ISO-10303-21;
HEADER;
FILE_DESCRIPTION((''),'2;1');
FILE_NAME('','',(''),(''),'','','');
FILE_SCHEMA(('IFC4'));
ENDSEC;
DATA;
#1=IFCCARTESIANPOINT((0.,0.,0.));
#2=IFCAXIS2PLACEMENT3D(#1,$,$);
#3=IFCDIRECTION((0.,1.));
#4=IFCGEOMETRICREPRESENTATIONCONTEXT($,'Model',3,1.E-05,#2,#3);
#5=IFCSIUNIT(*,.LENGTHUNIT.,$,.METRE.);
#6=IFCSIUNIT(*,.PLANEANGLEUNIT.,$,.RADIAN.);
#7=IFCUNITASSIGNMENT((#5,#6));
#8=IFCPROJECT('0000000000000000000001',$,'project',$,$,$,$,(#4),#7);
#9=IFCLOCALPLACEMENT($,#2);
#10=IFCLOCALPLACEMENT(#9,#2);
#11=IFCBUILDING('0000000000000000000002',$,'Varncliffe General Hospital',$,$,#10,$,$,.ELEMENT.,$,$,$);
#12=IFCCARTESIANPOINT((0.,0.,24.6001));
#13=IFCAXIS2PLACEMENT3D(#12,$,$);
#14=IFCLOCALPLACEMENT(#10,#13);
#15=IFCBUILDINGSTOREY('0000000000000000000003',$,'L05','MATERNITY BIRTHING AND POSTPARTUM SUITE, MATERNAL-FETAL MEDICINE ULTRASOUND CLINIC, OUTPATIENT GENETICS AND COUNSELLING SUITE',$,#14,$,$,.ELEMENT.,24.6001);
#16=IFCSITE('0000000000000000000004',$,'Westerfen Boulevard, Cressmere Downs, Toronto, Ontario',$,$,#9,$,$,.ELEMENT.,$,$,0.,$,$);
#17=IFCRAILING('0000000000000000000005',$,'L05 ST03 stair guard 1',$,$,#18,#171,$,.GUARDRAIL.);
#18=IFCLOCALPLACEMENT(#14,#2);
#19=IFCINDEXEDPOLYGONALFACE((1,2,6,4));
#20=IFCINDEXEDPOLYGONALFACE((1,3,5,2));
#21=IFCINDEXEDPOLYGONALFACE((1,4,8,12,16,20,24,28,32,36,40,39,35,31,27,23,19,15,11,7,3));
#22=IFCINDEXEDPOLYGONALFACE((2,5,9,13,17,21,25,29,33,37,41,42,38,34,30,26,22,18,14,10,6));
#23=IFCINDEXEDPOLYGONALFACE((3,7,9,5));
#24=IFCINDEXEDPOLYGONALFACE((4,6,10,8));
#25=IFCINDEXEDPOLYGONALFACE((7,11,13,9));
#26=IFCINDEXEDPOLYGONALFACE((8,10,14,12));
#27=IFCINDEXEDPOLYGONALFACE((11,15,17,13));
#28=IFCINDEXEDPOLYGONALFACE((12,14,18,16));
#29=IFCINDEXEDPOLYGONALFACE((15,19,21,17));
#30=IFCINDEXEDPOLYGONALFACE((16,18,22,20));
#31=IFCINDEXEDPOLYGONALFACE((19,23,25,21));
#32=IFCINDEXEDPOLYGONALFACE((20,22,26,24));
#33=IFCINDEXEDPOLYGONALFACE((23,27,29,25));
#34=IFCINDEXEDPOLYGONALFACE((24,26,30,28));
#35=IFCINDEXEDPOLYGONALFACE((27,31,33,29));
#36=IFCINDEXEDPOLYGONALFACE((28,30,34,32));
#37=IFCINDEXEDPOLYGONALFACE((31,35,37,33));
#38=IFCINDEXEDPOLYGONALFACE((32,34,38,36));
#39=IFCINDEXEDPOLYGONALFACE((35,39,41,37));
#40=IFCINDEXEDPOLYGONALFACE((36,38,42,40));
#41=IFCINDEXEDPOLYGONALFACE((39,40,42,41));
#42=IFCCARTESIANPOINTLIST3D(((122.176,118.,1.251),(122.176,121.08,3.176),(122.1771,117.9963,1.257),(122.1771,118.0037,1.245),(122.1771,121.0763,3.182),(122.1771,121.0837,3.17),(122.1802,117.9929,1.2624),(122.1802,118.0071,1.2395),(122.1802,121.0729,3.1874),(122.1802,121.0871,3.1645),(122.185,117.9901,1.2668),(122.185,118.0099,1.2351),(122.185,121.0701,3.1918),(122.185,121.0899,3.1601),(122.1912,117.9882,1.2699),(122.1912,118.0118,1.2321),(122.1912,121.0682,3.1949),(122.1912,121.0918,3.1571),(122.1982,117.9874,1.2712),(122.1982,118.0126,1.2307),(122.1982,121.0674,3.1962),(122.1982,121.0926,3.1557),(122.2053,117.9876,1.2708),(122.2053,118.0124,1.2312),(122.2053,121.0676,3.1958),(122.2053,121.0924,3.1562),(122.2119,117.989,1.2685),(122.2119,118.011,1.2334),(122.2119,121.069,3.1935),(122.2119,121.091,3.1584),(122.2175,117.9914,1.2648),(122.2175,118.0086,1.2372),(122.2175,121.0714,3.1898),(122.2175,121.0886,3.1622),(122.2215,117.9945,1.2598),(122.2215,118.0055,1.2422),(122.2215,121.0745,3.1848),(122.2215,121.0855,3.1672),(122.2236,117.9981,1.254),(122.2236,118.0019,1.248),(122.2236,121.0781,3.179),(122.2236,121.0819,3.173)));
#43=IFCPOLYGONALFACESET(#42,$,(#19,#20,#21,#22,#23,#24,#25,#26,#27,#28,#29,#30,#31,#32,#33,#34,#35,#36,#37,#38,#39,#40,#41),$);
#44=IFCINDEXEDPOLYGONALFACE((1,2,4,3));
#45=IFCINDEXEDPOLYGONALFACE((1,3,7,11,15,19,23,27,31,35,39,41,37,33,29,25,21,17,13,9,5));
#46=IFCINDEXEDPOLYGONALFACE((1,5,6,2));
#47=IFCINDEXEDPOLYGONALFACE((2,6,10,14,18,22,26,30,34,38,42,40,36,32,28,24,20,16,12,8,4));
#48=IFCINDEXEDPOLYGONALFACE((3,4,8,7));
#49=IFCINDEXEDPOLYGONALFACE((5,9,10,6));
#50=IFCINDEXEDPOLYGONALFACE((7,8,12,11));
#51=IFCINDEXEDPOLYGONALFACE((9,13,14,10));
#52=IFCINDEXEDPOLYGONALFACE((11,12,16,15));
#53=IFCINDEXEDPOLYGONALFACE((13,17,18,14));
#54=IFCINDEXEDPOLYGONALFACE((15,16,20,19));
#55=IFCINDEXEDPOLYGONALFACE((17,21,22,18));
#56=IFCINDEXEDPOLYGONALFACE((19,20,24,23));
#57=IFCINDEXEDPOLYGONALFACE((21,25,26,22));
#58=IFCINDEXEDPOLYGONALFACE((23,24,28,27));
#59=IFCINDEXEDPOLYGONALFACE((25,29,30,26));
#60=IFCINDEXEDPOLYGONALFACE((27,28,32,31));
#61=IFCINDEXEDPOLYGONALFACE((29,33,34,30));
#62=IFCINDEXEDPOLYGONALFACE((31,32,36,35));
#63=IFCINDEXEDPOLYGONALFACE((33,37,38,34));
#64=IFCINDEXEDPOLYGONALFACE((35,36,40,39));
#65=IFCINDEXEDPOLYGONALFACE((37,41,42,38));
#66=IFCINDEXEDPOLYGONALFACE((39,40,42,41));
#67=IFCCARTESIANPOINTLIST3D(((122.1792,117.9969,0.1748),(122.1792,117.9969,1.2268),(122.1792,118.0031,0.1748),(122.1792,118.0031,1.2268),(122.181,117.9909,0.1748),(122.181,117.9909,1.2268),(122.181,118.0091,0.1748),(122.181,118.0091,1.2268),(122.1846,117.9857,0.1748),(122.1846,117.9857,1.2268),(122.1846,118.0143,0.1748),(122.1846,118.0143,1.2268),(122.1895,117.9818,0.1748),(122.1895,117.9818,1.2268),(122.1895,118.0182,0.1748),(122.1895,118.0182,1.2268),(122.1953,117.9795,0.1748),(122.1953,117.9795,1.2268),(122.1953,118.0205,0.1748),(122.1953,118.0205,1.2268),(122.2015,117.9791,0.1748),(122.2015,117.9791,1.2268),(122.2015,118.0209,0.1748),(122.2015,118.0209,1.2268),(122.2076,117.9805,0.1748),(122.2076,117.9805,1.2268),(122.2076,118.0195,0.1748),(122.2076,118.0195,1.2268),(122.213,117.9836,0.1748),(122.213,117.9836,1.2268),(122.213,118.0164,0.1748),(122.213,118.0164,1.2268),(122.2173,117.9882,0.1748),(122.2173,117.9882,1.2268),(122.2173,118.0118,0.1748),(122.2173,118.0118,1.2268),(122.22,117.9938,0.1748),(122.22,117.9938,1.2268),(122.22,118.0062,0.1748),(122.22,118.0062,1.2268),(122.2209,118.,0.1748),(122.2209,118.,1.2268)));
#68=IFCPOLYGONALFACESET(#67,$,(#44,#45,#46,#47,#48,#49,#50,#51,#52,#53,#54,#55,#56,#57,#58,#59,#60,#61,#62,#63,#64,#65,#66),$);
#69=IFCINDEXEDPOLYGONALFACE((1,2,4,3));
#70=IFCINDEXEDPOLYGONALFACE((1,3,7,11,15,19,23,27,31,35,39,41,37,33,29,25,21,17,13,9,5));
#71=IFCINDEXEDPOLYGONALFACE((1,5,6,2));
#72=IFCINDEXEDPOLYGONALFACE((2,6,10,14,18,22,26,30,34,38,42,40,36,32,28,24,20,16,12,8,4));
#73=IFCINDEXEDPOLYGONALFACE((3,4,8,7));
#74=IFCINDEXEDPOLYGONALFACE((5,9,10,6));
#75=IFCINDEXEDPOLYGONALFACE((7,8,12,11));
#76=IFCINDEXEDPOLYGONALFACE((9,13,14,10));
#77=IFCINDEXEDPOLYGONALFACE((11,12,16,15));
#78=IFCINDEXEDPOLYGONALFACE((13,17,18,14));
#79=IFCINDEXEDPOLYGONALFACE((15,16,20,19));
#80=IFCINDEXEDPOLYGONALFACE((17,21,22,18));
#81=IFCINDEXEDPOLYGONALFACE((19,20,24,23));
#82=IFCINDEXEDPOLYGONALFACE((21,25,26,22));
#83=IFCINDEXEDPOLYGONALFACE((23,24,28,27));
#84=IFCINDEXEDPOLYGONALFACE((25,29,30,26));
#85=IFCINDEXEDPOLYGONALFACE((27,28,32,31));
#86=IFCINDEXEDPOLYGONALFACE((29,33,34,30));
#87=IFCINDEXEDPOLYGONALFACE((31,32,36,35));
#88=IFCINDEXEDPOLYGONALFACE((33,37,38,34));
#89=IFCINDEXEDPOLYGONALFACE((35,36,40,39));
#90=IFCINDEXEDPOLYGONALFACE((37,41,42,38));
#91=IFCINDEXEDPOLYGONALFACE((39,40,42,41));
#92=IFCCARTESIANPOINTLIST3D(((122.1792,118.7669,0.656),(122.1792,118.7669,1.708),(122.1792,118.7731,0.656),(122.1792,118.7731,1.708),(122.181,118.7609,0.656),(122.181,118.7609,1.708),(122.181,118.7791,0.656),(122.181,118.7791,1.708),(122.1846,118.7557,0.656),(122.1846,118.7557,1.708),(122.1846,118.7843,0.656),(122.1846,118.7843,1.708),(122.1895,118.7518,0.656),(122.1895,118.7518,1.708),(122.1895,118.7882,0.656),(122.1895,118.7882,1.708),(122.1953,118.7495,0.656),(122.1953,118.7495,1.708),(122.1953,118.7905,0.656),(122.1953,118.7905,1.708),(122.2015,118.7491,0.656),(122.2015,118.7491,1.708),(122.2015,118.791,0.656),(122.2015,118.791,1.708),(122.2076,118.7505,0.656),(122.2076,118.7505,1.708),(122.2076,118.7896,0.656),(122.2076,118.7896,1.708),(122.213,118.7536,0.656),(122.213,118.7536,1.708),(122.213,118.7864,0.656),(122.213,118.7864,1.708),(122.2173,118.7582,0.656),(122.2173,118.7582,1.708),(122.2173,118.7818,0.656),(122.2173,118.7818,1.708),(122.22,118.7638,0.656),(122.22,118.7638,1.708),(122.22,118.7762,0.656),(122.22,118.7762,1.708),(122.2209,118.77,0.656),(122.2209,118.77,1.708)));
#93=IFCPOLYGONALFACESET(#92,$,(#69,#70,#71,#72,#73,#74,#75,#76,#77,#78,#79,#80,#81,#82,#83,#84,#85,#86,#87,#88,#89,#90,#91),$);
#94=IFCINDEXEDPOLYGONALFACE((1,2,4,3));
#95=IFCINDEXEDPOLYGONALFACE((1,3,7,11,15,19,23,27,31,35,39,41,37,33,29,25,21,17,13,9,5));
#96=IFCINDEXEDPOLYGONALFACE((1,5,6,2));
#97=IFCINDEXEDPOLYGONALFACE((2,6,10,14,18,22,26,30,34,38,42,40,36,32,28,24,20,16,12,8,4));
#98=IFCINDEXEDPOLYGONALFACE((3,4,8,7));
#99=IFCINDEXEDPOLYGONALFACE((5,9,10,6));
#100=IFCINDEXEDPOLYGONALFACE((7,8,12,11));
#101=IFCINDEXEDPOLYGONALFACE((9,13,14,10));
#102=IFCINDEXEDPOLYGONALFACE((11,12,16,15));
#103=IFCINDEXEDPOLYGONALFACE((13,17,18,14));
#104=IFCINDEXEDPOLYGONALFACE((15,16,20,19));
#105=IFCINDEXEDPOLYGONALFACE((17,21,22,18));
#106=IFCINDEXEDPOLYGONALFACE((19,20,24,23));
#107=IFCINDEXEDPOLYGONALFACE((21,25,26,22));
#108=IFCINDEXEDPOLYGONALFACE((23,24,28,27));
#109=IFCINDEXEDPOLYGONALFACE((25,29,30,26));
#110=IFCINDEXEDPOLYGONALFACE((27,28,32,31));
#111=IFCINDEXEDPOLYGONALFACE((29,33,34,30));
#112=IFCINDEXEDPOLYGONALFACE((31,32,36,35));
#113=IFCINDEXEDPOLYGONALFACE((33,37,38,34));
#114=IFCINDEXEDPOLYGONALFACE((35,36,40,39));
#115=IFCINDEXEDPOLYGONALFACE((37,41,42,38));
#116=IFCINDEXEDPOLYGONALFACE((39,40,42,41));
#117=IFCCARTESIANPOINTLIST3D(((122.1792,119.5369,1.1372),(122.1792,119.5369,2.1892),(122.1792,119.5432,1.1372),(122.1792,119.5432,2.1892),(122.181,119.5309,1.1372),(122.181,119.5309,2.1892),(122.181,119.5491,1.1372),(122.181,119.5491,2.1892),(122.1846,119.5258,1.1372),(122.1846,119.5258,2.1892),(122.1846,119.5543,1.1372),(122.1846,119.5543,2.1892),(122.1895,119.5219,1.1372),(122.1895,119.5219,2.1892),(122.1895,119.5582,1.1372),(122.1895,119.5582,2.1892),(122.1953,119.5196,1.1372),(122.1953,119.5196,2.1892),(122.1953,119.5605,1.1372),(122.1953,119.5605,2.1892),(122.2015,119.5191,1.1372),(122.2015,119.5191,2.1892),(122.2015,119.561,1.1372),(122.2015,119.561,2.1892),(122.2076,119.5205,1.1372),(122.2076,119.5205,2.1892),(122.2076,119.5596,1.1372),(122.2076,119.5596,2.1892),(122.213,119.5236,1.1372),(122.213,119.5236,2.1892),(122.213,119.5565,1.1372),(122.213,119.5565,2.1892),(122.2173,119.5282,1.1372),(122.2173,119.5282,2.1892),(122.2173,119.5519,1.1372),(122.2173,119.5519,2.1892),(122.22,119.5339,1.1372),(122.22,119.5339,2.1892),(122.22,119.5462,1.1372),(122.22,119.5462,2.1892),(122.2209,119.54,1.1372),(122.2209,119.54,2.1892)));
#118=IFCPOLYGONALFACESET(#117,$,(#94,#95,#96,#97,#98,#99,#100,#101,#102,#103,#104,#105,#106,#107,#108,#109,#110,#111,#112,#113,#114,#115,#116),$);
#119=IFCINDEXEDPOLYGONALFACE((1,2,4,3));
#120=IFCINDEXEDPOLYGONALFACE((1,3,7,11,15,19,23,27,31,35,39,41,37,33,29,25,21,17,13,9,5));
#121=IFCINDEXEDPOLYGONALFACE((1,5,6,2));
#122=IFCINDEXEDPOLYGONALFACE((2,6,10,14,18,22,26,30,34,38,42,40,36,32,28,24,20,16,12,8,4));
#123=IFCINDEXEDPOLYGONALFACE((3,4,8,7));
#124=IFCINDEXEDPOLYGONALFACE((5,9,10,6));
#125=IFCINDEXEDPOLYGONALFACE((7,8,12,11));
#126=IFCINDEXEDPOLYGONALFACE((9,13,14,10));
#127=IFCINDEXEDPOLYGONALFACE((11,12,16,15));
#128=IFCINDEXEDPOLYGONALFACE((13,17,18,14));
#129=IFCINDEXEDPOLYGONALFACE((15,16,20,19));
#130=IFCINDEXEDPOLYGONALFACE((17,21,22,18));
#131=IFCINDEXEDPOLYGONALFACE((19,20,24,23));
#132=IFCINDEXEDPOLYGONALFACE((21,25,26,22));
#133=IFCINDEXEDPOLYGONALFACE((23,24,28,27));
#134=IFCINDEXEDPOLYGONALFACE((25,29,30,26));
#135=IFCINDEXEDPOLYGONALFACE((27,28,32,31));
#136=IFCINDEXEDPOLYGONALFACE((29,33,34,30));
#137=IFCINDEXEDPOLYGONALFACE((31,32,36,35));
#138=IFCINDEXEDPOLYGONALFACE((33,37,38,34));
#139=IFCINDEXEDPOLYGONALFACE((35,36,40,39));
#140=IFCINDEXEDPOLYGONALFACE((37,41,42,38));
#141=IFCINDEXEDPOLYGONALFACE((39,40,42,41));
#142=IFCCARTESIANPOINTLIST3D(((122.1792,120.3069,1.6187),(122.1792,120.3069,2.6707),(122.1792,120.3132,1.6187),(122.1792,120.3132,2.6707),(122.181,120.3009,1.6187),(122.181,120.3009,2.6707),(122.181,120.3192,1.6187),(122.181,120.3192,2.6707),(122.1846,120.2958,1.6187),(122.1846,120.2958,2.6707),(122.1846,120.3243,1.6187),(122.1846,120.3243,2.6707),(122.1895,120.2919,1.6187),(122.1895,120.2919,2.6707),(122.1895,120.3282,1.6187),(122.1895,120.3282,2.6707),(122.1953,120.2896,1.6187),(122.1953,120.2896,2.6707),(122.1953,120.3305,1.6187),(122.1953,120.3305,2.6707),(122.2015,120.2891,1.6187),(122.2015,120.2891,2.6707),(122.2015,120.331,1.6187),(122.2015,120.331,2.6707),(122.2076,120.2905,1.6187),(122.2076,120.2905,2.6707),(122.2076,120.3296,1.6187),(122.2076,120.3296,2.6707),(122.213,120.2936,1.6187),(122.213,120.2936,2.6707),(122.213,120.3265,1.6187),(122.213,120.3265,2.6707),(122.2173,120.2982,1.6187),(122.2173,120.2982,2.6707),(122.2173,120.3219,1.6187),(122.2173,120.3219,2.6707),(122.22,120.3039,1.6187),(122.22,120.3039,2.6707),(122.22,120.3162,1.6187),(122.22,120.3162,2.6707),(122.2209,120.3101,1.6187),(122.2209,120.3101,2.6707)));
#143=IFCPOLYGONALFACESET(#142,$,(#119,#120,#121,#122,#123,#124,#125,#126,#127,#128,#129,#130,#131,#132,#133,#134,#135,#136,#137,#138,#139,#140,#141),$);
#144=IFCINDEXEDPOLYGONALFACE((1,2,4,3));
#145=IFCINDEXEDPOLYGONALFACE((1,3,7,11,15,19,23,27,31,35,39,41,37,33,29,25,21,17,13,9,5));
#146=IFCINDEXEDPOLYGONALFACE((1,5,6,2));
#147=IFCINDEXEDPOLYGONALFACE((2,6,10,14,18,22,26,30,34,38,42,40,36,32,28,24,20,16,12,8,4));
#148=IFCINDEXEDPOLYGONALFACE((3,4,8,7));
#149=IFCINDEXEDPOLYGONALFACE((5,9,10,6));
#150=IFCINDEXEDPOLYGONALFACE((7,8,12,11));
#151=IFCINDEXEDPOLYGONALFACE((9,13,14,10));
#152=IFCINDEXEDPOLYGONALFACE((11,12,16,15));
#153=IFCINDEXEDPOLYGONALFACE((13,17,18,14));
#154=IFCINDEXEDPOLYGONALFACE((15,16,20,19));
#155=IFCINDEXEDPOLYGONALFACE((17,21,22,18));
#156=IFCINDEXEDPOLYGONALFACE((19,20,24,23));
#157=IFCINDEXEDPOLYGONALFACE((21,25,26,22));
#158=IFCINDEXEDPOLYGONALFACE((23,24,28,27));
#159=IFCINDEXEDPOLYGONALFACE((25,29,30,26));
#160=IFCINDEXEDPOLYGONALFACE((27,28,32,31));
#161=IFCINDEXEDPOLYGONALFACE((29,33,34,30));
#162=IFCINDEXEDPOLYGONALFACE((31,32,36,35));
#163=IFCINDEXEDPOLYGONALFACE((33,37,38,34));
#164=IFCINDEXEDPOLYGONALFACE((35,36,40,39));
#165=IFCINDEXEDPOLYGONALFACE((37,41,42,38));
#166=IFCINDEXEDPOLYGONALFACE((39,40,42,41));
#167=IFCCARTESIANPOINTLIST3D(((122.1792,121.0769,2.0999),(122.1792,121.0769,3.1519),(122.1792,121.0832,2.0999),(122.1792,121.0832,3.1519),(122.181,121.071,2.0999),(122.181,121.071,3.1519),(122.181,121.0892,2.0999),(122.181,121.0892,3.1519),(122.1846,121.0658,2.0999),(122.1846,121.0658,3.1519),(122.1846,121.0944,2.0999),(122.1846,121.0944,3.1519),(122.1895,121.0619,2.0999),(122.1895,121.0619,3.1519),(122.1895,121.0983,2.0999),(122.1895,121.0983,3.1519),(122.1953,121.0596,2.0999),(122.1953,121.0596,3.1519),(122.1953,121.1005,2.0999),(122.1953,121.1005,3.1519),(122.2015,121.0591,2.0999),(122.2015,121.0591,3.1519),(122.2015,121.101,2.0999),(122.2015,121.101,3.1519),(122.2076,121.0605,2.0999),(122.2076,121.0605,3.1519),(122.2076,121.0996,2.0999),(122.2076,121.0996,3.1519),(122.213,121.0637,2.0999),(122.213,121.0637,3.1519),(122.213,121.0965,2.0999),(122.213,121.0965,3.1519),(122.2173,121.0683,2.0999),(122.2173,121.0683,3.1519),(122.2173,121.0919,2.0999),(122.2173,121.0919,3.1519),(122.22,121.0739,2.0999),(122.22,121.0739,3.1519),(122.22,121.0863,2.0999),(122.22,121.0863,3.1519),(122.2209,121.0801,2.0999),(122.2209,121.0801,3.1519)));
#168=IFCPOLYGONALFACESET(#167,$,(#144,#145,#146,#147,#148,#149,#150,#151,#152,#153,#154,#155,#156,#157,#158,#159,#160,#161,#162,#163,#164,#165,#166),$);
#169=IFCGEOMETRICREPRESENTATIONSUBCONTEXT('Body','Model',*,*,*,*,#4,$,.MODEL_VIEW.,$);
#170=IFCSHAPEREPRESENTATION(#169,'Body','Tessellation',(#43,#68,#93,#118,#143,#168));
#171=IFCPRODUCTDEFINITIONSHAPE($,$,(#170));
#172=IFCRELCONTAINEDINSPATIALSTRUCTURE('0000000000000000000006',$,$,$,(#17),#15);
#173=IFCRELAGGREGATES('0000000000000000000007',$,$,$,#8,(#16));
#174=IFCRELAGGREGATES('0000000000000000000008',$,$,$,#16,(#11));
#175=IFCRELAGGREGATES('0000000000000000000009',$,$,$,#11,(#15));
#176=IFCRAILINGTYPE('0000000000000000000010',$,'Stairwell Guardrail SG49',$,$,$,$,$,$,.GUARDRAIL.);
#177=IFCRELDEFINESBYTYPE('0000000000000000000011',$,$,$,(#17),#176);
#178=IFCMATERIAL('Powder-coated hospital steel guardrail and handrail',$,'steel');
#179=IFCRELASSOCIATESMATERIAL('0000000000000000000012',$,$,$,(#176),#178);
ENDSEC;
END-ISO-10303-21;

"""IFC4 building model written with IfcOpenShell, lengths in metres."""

from ifc_helpers import new_model, si_unit, direction, frame, origin, origin_2d, place, context, subcontext, project, spatial, circle, extrude, material, type_object, element, save


model = new_model("IFC4")

# Units and contexts
model_context = context("Model", 3, precision=1e-05, world=origin(), true_north=direction((0.0, 1.0)))
body_context = subcontext(model_context, "Body", "Model", "MODEL_VIEW")
ifc_project = project(units=[si_unit("LENGTHUNIT", "METRE"), si_unit("PLANEANGLEUNIT", "RADIAN")], contexts=[model_context])

# Site, building, storey
site_placement = place(None, origin())
site = spatial("IfcSite", under=ifc_project, at=site_placement, Name="Westerfen Boulevard, Cressmere Downs, Toronto, Ontario", CompositionType="ELEMENT", RefElevation=0.0)
building_placement = place(site_placement, origin())
building = spatial("IfcBuilding", under=site, at=building_placement, Name="Varncliffe General Hospital", CompositionType="ELEMENT")
storey_placement = place(building_placement, frame((0.0, 0.0, 24.6001)))
storey = spatial("IfcBuildingStorey", under=building, at=storey_placement, Name="L05", Description="MATERNITY BIRTHING AND POSTPARTUM SUITE, MATERNAL-FETAL MEDICINE ULTRASOUND CLINIC, OUTPATIENT GENETICS AND COUNSELLING SUITE", CompositionType="ELEMENT", Elevation=24.6001)

# Railing
ifc_material_1 = material(Name="Powder-coated hospital steel guardrail and handrail", Category="steel")
railing_type_1 = type_object("IfcRailingType", Name="Stairwell Guardrail SG49", PredefinedType="GUARDRAIL", material=ifc_material_1)
railing_1_placement = place(storey_placement, frame((122.2, 118.0, 0.1748)))
element("IfcRailing", 1, at=railing_1_placement, inside=storey, type_object=railing_type_1, Name="L05 ST03 stair guard 1", PredefinedType="GUARDRAIL", context=body_context, shape_type="SweptSolid", body=[
    extrude(circle(Radius=0.0239, at=origin_2d()), frame((0.0, 0.0, 1.0762), z_axis=(0.0, 0.847998, 0.529999), x_axis=(-1.0, 0.0, 0.0)), (0.0, 0.0, 1.0), 3.6321),
    extrude(circle(Radius=0.021, at=origin_2d()), origin(), (0.0, 0.0, 1.0), 1.052),
    extrude(circle(Radius=0.021, at=origin_2d()), frame((0.0, 0.77, 0.4812)), (0.0, 0.0, 1.0), 1.052),
    extrude(circle(Radius=0.021, at=origin_2d()), frame((0.0, 1.54, 0.9624)), (0.0, 0.0, 1.0), 1.052),
    extrude(circle(Radius=0.021, at=origin_2d()), frame((0.0, 2.3101, 1.4438)), (0.0, 0.0, 1.0), 1.052),
    extrude(circle(Radius=0.021, at=origin_2d()), frame((0.0, 3.0801, 1.925)), (0.0, 0.0, 1.0), 1.052),
])

save(model, "model.ifc")
